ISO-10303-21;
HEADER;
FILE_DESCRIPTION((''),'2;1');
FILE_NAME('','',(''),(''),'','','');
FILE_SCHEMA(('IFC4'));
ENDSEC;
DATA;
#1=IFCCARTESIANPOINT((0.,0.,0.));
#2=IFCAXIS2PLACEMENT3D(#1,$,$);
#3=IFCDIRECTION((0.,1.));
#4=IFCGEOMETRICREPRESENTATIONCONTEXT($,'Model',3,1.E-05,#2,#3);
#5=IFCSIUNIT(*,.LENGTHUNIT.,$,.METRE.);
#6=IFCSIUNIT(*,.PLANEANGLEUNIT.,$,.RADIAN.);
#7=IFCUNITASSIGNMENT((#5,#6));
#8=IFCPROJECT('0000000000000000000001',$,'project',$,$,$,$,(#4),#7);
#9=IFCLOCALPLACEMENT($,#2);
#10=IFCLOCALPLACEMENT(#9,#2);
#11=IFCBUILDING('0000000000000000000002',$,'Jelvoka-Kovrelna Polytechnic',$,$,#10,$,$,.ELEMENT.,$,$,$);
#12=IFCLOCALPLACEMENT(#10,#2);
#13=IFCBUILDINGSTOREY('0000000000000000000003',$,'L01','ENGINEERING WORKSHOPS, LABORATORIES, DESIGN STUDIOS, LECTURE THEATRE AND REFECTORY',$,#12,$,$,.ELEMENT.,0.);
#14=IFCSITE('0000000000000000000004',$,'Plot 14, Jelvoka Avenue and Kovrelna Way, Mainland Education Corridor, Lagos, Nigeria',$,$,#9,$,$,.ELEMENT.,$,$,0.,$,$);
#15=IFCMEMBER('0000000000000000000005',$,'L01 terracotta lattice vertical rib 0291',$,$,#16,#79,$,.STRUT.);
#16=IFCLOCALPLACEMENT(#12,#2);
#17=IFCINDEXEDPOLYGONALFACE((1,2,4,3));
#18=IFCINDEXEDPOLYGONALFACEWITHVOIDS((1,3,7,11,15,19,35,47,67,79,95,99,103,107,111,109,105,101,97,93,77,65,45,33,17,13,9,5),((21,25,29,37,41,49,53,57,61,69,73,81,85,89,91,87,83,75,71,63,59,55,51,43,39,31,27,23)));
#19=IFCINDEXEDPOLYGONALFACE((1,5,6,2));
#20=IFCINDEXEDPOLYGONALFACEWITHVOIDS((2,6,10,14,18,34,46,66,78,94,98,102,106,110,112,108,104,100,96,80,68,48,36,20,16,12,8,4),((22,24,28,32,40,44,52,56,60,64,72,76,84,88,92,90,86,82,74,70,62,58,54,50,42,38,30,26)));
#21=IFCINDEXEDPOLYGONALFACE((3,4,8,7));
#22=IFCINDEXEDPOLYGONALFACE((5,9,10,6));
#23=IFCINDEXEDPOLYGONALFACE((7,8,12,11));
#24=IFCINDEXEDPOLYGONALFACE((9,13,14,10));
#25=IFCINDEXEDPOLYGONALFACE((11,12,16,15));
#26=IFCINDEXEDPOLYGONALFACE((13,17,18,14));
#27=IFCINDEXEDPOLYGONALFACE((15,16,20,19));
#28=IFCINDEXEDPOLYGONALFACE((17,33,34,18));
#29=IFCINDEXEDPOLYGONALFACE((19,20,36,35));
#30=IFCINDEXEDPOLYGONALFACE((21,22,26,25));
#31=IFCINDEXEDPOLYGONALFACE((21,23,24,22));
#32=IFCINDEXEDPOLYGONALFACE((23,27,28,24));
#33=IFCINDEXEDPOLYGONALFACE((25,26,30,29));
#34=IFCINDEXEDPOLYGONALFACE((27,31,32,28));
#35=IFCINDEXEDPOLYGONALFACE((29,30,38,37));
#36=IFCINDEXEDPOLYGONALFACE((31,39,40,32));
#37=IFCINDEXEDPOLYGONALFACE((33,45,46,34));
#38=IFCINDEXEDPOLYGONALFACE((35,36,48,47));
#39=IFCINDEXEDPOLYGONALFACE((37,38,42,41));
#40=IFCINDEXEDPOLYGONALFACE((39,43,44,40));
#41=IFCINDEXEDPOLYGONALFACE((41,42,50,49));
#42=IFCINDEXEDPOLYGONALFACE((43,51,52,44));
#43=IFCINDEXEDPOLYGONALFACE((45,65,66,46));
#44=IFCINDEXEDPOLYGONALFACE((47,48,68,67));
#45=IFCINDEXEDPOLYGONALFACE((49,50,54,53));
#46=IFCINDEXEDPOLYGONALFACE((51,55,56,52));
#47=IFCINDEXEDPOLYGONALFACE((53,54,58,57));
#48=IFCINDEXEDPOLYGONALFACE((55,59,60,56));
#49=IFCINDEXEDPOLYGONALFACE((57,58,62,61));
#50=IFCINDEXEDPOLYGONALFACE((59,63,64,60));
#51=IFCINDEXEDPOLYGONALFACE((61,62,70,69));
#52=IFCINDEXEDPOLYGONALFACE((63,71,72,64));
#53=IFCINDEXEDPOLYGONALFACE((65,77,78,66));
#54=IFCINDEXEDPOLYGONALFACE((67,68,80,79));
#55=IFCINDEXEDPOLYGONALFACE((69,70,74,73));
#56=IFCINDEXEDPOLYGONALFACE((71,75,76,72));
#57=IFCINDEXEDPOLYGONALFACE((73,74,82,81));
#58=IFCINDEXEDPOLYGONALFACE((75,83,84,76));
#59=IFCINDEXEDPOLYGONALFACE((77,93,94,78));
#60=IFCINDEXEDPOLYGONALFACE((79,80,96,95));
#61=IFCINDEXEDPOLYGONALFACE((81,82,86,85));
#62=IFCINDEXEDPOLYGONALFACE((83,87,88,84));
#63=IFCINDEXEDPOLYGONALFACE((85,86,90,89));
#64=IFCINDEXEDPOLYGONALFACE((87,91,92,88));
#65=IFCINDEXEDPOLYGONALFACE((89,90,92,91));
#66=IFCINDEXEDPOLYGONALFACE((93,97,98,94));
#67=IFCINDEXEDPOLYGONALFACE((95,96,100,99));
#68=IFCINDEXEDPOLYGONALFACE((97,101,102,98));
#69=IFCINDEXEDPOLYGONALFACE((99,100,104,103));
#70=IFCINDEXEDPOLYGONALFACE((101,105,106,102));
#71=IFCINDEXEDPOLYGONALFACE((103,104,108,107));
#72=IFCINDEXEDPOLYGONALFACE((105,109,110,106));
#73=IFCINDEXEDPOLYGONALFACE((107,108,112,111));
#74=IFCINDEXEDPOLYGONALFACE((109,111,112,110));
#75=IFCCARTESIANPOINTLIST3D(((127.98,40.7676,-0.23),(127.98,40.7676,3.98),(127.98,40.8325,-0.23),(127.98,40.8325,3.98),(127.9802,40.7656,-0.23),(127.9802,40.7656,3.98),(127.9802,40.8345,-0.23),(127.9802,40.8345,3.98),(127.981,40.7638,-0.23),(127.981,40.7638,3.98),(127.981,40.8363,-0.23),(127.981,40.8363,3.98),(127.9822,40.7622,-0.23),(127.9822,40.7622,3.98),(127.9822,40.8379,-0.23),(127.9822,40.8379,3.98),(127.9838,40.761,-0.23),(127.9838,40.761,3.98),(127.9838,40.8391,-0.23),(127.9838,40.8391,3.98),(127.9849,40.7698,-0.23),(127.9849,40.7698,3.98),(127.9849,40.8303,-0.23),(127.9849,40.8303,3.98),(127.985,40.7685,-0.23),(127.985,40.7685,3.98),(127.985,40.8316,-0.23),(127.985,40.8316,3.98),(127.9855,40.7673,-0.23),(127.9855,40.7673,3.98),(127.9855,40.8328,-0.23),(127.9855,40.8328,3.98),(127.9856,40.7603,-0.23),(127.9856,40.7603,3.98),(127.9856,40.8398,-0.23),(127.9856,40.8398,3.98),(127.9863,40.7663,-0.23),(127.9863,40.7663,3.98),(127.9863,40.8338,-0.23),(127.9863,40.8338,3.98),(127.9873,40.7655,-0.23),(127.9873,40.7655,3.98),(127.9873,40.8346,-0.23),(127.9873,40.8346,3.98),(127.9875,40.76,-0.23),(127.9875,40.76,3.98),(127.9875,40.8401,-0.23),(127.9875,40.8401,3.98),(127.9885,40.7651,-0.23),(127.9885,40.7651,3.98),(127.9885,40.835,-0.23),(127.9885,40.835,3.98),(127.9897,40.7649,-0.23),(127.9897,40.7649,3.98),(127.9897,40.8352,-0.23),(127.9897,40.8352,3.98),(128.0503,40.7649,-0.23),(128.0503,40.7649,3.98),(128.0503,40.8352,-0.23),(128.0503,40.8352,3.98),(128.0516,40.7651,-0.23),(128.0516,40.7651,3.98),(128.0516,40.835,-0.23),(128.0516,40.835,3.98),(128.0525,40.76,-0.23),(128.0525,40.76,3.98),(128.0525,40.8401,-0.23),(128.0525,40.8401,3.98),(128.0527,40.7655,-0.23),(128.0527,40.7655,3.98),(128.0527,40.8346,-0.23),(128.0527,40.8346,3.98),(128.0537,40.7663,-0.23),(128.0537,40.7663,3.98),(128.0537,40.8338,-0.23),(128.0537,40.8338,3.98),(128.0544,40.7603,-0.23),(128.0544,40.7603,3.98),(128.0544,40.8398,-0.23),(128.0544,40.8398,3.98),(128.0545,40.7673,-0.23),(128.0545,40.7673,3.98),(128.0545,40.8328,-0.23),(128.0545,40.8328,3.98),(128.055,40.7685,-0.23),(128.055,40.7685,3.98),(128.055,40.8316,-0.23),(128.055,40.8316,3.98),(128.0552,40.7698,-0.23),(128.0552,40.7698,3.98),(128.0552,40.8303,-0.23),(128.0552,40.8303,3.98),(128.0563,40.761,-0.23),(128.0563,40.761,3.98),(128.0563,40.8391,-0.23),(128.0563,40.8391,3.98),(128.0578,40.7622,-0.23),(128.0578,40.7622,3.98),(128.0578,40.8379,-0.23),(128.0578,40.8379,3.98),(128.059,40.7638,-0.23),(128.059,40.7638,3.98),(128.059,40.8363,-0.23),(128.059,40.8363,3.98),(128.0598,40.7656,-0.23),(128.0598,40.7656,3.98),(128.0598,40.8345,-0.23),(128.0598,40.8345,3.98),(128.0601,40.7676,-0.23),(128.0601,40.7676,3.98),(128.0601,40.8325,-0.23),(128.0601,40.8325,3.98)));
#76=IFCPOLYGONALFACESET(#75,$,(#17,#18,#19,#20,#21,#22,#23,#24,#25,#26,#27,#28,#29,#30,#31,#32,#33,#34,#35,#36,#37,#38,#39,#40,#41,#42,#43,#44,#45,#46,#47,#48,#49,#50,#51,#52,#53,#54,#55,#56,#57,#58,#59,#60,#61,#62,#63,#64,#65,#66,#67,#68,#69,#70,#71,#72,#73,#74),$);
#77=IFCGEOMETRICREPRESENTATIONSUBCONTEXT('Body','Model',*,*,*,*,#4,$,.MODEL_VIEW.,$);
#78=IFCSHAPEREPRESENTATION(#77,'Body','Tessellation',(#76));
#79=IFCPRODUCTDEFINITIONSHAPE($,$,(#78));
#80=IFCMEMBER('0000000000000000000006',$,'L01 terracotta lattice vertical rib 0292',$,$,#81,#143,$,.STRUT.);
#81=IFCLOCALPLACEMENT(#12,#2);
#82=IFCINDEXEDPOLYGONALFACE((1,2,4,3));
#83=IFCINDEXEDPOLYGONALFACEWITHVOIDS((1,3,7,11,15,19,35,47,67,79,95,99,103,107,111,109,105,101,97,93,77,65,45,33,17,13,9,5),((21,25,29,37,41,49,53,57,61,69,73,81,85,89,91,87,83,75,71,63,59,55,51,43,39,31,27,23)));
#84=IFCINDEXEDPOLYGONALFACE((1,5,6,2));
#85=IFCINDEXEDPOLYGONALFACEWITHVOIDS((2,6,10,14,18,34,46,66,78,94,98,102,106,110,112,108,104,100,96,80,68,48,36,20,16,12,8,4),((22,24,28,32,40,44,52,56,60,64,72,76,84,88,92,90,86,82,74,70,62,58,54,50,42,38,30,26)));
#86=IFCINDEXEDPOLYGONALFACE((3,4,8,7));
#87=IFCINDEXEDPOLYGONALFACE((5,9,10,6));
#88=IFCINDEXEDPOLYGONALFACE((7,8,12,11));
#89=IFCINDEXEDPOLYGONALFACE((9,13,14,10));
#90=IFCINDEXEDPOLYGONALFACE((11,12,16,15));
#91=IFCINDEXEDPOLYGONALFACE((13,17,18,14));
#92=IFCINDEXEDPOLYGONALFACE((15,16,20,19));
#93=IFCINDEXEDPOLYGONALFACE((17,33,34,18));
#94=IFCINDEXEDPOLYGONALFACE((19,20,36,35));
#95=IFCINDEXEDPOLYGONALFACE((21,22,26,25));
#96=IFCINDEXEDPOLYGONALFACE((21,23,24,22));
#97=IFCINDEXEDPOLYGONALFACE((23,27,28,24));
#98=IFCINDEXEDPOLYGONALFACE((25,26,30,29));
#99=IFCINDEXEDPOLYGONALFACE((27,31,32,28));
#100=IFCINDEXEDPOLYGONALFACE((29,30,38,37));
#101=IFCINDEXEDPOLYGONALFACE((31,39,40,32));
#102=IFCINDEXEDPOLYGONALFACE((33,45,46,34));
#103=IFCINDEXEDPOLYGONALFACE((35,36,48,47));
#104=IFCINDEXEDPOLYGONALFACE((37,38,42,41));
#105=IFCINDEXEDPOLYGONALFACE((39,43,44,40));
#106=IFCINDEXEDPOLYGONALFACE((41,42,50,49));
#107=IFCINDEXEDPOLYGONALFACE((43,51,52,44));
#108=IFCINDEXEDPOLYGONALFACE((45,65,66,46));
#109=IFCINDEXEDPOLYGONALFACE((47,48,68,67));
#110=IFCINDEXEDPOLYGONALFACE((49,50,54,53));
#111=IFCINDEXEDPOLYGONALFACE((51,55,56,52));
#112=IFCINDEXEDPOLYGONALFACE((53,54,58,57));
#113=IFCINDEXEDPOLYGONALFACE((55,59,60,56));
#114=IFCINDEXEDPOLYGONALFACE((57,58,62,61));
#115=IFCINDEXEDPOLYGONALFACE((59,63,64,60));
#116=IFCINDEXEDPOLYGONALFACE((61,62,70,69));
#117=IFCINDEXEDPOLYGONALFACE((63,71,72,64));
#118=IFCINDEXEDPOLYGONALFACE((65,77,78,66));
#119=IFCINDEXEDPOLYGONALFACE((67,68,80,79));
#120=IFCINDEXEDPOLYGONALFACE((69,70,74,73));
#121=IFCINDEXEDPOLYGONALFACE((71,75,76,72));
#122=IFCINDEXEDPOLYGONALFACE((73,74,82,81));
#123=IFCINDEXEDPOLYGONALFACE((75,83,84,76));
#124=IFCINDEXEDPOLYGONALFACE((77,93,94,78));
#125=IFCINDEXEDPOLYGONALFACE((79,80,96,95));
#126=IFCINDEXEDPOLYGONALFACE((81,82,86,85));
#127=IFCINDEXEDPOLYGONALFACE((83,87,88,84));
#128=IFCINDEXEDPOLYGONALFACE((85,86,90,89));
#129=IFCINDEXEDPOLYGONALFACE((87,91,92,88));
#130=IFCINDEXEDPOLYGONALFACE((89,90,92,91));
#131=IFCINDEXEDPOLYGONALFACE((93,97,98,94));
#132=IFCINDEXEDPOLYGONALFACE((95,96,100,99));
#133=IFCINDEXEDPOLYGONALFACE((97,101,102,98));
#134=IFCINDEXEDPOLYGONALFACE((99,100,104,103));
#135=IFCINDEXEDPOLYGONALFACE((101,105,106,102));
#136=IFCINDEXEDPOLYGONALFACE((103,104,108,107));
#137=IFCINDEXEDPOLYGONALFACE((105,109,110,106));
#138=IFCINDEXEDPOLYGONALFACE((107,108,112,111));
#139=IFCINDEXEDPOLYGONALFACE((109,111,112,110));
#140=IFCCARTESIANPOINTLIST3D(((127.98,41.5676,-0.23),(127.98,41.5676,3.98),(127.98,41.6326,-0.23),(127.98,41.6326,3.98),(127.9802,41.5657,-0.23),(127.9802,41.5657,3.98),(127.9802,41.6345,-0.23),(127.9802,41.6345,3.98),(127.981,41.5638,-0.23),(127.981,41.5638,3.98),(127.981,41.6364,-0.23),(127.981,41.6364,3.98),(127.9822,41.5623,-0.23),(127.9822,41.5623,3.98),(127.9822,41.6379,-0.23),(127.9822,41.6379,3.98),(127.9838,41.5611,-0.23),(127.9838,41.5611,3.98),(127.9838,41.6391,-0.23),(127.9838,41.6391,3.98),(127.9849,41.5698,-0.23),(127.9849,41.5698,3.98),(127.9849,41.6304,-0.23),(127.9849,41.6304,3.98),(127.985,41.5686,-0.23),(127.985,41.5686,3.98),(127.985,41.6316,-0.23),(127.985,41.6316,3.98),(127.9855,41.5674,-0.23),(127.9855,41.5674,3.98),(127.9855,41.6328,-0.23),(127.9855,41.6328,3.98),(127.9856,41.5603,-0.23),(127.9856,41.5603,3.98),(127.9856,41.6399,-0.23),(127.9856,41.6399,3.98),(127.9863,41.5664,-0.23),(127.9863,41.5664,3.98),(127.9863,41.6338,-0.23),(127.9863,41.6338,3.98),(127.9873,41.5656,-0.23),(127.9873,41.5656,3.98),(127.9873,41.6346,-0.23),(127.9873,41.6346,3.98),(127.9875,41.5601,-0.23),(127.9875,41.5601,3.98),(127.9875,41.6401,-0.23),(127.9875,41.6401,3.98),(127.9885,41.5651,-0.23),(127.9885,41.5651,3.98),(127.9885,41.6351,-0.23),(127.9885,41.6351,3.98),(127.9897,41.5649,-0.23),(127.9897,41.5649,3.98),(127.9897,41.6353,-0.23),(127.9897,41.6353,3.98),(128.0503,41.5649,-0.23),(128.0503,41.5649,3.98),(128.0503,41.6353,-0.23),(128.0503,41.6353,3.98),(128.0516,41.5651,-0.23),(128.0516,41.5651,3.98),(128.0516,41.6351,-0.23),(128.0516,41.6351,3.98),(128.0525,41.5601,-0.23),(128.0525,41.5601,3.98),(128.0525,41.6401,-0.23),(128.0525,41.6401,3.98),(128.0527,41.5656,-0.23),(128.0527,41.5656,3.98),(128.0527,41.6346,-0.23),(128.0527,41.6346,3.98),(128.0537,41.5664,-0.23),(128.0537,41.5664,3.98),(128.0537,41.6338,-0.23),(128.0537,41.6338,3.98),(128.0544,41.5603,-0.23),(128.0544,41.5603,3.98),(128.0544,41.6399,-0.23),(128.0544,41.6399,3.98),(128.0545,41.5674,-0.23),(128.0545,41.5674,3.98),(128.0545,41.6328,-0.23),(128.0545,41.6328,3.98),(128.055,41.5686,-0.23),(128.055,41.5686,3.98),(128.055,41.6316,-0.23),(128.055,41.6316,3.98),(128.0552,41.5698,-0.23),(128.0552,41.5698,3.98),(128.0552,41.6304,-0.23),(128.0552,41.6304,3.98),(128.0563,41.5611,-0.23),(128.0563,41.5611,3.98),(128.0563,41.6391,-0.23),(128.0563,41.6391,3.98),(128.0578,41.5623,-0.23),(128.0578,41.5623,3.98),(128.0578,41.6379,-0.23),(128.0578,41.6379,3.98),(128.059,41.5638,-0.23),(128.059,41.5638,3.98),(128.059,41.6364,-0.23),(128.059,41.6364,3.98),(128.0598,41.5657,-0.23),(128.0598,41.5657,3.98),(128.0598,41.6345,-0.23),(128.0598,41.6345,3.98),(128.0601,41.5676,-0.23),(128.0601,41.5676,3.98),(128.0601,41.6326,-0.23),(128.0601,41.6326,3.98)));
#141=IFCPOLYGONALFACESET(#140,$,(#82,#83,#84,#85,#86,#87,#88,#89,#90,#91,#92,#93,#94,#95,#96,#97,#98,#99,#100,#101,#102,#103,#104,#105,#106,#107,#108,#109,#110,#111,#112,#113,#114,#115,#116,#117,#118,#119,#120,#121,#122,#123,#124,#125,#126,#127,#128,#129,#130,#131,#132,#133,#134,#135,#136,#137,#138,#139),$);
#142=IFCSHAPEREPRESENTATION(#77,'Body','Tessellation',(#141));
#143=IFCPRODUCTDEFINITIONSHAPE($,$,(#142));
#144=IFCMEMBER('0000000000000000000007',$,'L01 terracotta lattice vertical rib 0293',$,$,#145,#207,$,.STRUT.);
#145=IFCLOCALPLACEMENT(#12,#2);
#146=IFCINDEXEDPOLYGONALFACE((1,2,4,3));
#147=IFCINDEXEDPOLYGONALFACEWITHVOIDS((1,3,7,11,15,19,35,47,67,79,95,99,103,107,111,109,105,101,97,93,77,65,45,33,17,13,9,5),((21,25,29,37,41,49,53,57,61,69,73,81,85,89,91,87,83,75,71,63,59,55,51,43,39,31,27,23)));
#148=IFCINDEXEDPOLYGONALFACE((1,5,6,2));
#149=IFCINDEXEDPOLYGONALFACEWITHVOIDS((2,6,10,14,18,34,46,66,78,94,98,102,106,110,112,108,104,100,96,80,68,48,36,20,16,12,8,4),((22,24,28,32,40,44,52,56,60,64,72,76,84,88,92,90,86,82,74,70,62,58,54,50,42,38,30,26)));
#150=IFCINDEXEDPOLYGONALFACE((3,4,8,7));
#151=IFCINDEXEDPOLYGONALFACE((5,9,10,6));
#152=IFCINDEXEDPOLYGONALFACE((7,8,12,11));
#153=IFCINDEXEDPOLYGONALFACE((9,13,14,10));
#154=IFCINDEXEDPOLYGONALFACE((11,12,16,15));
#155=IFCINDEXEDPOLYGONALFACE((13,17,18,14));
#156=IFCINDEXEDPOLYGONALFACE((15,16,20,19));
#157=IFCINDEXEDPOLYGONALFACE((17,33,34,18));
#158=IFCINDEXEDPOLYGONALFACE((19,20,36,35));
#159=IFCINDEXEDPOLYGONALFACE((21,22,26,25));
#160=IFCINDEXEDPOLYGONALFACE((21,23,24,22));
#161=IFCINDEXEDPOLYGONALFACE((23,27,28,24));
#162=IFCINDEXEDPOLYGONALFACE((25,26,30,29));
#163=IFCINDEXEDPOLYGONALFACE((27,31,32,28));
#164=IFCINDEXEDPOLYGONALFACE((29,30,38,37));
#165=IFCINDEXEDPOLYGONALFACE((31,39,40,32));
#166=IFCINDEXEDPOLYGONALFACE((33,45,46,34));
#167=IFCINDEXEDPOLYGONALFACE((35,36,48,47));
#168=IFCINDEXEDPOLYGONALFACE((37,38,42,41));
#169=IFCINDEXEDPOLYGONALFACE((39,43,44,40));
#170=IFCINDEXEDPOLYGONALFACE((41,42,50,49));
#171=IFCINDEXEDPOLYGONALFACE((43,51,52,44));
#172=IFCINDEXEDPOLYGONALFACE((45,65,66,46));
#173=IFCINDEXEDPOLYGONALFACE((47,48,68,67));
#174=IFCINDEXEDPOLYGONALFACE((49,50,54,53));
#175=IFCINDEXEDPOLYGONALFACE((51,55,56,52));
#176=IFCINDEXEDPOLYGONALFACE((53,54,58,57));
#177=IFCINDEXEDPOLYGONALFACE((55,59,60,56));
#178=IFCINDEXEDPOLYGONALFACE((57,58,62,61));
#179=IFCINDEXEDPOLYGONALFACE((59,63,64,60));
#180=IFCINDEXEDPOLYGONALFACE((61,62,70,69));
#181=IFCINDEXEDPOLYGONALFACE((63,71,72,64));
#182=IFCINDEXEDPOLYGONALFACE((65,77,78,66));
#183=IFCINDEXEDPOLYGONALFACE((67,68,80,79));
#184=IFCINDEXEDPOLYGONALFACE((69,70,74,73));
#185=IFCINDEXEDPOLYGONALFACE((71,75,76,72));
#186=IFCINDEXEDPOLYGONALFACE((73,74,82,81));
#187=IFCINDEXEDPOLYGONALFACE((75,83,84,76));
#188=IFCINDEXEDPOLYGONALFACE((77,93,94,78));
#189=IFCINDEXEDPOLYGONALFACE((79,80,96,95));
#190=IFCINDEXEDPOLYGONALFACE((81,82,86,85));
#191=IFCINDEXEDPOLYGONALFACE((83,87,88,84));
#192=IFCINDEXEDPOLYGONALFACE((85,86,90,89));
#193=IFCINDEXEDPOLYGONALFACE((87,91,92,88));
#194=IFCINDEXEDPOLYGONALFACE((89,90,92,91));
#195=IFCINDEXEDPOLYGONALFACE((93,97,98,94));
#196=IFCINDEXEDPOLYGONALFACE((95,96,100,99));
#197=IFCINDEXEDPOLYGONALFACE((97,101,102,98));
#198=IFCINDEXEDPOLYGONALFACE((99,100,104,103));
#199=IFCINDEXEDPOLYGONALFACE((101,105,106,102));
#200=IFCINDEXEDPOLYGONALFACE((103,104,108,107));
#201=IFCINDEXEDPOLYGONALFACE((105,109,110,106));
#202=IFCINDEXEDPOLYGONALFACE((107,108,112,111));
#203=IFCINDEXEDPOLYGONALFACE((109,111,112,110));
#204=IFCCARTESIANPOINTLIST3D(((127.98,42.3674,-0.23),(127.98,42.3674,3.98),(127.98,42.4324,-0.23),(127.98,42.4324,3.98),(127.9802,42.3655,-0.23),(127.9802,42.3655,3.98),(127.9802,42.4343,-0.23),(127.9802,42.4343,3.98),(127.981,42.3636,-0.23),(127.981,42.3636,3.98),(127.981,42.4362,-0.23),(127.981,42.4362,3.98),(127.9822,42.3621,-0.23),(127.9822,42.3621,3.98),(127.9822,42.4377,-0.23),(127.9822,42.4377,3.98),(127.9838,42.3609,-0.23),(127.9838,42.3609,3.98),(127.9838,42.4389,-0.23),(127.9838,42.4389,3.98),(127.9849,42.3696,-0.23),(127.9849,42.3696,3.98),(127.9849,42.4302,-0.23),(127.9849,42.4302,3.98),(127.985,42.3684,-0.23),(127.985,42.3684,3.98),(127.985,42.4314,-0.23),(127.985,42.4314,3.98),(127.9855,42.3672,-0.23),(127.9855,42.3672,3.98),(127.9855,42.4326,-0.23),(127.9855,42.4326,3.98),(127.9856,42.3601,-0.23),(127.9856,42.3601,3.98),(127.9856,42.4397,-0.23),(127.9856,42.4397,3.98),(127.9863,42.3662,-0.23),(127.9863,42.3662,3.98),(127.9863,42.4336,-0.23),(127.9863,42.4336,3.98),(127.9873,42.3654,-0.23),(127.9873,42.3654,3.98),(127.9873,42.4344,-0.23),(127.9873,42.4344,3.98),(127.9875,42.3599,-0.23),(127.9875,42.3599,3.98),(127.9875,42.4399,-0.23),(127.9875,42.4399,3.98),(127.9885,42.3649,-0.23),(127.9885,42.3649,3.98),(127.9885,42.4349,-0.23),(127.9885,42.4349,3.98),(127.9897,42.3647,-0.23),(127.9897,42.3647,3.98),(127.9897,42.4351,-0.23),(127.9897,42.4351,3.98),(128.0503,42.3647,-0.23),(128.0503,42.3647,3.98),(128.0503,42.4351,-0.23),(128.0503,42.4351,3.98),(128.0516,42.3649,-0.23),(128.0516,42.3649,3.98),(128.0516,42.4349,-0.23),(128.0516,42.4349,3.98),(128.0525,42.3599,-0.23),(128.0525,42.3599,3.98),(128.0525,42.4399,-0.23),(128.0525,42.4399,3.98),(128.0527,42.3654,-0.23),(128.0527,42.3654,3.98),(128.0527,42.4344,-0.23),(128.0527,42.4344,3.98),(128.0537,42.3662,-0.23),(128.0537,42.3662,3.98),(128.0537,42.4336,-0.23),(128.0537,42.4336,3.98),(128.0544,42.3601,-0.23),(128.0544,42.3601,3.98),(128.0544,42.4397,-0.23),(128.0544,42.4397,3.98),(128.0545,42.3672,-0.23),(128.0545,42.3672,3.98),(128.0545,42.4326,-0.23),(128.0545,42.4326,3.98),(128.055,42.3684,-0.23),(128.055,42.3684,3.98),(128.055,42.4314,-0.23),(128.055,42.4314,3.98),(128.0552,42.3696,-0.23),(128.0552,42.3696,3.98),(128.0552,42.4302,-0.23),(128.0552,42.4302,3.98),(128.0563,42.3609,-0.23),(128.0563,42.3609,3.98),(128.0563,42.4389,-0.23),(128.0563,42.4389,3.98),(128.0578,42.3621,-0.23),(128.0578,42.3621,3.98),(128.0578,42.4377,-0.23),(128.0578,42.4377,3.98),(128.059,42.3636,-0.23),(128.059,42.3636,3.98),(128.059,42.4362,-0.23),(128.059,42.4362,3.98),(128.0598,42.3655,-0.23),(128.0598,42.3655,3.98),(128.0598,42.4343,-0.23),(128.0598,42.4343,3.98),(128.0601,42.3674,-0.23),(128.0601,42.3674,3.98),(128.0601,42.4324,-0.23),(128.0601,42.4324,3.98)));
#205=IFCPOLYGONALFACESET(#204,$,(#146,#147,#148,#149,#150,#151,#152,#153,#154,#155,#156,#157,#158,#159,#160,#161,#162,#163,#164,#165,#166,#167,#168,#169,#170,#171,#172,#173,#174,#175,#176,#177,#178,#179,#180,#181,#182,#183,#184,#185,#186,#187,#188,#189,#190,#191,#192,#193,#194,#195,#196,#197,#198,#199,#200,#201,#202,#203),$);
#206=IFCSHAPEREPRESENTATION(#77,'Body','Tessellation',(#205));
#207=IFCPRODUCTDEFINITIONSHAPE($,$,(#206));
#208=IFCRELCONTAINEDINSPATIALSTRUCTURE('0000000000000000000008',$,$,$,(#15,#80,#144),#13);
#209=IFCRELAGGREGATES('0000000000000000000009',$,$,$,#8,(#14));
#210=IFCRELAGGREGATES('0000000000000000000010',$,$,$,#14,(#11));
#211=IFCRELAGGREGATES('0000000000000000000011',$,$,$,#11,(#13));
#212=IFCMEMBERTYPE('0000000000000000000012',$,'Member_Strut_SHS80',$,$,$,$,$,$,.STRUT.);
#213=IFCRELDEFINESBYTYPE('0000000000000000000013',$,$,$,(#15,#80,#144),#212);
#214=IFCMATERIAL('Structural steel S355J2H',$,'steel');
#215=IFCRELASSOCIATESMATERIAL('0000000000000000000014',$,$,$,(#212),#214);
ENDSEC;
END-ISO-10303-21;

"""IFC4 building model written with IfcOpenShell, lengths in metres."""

from ifc_helpers import new_model, si_unit, direction, frame, origin, origin_2d, place, context, subcontext, project, spatial, hollow_rectangle, extrude, material, material_profile, profile_set, type_object, element, save


model = new_model("IFC4")

# Units and contexts
model_context = context("Model", 3, precision=1e-05, world=origin(), true_north=direction((0.0, 1.0)))
body_context = subcontext(model_context, "Body", "Model", "MODEL_VIEW")
ifc_project = project(units=[si_unit("LENGTHUNIT", "METRE"), si_unit("PLANEANGLEUNIT", "RADIAN")], contexts=[model_context])

# Site, building, storey
site_placement = place(None, origin())
site = spatial("IfcSite", under=ifc_project, at=site_placement, Name="Plot 14, Jelvoka Avenue and Kovrelna Way, Mainland Education Corridor, Lagos, Nigeria", CompositionType="ELEMENT", RefElevation=0.0)
building_placement = place(site_placement, origin())
building = spatial("IfcBuilding", under=site, at=building_placement, Name="Jelvoka-Kovrelna Polytechnic", CompositionType="ELEMENT")
storey_placement = place(building_placement, origin())
storey = spatial("IfcBuildingStorey", under=building, at=storey_placement, Name="L01", Description="ENGINEERING WORKSHOPS, LABORATORIES, DESIGN STUDIOS, LECTURE THEATRE AND REFECTORY", CompositionType="ELEMENT", Elevation=0.0)

# Members
ifc_material_1 = material(Name="Structural steel S355J2H", Category="steel")
ifc_material_profile_1 = material_profile(ifc_material_1, hollow_rectangle(XDim=0.0801, YDim=0.0801, WallThickness=0.0049, InnerFilletRadius=0.0049, OuterFilletRadius=0.0076, at=origin_2d()), Name="80x80x5.0 SHS")
ifc_profile_set_1 = profile_set([ifc_material_profile_1], Name="Structural steel S355J2H")
member_type_1 = type_object("IfcMemberType", Name="Member_Strut_SHS80", PredefinedType="STRUT", material=ifc_profile_set_1)
for number, where, z_axis, x_axis, name in (
    (1, (128.02, 40.8, -0.23), (0.0, 0.0, 1.0), (1.0, 0.0, 0.0), "L01 terracotta lattice vertical rib 0291"),
    (2, (128.02, 41.6001, -0.23), (0.0, 0.0, 1.0), (1.0, 0.0, 0.0), "L01 terracotta lattice vertical rib 0292"),
    (3, (128.02, 42.3999, -0.23), (0.0, 0.0, 1.0), (1.0, 0.0, 0.0), "L01 terracotta lattice vertical rib 0293"),
):
    element("IfcMember", number, at=place(storey_placement, frame(where, z_axis=z_axis, x_axis=x_axis)), inside=storey, type_object=member_type_1, Name=name, PredefinedType="STRUT", context=body_context, shape_type="SweptSolid", body=[
        extrude(hollow_rectangle(XDim=0.0801, YDim=0.0801, WallThickness=0.0049, InnerFilletRadius=0.0049, OuterFilletRadius=0.0076, at=origin_2d()), origin(), (0.0, 0.0, 1.0), 4.21),
    ])

save(model, "model.ifc")
